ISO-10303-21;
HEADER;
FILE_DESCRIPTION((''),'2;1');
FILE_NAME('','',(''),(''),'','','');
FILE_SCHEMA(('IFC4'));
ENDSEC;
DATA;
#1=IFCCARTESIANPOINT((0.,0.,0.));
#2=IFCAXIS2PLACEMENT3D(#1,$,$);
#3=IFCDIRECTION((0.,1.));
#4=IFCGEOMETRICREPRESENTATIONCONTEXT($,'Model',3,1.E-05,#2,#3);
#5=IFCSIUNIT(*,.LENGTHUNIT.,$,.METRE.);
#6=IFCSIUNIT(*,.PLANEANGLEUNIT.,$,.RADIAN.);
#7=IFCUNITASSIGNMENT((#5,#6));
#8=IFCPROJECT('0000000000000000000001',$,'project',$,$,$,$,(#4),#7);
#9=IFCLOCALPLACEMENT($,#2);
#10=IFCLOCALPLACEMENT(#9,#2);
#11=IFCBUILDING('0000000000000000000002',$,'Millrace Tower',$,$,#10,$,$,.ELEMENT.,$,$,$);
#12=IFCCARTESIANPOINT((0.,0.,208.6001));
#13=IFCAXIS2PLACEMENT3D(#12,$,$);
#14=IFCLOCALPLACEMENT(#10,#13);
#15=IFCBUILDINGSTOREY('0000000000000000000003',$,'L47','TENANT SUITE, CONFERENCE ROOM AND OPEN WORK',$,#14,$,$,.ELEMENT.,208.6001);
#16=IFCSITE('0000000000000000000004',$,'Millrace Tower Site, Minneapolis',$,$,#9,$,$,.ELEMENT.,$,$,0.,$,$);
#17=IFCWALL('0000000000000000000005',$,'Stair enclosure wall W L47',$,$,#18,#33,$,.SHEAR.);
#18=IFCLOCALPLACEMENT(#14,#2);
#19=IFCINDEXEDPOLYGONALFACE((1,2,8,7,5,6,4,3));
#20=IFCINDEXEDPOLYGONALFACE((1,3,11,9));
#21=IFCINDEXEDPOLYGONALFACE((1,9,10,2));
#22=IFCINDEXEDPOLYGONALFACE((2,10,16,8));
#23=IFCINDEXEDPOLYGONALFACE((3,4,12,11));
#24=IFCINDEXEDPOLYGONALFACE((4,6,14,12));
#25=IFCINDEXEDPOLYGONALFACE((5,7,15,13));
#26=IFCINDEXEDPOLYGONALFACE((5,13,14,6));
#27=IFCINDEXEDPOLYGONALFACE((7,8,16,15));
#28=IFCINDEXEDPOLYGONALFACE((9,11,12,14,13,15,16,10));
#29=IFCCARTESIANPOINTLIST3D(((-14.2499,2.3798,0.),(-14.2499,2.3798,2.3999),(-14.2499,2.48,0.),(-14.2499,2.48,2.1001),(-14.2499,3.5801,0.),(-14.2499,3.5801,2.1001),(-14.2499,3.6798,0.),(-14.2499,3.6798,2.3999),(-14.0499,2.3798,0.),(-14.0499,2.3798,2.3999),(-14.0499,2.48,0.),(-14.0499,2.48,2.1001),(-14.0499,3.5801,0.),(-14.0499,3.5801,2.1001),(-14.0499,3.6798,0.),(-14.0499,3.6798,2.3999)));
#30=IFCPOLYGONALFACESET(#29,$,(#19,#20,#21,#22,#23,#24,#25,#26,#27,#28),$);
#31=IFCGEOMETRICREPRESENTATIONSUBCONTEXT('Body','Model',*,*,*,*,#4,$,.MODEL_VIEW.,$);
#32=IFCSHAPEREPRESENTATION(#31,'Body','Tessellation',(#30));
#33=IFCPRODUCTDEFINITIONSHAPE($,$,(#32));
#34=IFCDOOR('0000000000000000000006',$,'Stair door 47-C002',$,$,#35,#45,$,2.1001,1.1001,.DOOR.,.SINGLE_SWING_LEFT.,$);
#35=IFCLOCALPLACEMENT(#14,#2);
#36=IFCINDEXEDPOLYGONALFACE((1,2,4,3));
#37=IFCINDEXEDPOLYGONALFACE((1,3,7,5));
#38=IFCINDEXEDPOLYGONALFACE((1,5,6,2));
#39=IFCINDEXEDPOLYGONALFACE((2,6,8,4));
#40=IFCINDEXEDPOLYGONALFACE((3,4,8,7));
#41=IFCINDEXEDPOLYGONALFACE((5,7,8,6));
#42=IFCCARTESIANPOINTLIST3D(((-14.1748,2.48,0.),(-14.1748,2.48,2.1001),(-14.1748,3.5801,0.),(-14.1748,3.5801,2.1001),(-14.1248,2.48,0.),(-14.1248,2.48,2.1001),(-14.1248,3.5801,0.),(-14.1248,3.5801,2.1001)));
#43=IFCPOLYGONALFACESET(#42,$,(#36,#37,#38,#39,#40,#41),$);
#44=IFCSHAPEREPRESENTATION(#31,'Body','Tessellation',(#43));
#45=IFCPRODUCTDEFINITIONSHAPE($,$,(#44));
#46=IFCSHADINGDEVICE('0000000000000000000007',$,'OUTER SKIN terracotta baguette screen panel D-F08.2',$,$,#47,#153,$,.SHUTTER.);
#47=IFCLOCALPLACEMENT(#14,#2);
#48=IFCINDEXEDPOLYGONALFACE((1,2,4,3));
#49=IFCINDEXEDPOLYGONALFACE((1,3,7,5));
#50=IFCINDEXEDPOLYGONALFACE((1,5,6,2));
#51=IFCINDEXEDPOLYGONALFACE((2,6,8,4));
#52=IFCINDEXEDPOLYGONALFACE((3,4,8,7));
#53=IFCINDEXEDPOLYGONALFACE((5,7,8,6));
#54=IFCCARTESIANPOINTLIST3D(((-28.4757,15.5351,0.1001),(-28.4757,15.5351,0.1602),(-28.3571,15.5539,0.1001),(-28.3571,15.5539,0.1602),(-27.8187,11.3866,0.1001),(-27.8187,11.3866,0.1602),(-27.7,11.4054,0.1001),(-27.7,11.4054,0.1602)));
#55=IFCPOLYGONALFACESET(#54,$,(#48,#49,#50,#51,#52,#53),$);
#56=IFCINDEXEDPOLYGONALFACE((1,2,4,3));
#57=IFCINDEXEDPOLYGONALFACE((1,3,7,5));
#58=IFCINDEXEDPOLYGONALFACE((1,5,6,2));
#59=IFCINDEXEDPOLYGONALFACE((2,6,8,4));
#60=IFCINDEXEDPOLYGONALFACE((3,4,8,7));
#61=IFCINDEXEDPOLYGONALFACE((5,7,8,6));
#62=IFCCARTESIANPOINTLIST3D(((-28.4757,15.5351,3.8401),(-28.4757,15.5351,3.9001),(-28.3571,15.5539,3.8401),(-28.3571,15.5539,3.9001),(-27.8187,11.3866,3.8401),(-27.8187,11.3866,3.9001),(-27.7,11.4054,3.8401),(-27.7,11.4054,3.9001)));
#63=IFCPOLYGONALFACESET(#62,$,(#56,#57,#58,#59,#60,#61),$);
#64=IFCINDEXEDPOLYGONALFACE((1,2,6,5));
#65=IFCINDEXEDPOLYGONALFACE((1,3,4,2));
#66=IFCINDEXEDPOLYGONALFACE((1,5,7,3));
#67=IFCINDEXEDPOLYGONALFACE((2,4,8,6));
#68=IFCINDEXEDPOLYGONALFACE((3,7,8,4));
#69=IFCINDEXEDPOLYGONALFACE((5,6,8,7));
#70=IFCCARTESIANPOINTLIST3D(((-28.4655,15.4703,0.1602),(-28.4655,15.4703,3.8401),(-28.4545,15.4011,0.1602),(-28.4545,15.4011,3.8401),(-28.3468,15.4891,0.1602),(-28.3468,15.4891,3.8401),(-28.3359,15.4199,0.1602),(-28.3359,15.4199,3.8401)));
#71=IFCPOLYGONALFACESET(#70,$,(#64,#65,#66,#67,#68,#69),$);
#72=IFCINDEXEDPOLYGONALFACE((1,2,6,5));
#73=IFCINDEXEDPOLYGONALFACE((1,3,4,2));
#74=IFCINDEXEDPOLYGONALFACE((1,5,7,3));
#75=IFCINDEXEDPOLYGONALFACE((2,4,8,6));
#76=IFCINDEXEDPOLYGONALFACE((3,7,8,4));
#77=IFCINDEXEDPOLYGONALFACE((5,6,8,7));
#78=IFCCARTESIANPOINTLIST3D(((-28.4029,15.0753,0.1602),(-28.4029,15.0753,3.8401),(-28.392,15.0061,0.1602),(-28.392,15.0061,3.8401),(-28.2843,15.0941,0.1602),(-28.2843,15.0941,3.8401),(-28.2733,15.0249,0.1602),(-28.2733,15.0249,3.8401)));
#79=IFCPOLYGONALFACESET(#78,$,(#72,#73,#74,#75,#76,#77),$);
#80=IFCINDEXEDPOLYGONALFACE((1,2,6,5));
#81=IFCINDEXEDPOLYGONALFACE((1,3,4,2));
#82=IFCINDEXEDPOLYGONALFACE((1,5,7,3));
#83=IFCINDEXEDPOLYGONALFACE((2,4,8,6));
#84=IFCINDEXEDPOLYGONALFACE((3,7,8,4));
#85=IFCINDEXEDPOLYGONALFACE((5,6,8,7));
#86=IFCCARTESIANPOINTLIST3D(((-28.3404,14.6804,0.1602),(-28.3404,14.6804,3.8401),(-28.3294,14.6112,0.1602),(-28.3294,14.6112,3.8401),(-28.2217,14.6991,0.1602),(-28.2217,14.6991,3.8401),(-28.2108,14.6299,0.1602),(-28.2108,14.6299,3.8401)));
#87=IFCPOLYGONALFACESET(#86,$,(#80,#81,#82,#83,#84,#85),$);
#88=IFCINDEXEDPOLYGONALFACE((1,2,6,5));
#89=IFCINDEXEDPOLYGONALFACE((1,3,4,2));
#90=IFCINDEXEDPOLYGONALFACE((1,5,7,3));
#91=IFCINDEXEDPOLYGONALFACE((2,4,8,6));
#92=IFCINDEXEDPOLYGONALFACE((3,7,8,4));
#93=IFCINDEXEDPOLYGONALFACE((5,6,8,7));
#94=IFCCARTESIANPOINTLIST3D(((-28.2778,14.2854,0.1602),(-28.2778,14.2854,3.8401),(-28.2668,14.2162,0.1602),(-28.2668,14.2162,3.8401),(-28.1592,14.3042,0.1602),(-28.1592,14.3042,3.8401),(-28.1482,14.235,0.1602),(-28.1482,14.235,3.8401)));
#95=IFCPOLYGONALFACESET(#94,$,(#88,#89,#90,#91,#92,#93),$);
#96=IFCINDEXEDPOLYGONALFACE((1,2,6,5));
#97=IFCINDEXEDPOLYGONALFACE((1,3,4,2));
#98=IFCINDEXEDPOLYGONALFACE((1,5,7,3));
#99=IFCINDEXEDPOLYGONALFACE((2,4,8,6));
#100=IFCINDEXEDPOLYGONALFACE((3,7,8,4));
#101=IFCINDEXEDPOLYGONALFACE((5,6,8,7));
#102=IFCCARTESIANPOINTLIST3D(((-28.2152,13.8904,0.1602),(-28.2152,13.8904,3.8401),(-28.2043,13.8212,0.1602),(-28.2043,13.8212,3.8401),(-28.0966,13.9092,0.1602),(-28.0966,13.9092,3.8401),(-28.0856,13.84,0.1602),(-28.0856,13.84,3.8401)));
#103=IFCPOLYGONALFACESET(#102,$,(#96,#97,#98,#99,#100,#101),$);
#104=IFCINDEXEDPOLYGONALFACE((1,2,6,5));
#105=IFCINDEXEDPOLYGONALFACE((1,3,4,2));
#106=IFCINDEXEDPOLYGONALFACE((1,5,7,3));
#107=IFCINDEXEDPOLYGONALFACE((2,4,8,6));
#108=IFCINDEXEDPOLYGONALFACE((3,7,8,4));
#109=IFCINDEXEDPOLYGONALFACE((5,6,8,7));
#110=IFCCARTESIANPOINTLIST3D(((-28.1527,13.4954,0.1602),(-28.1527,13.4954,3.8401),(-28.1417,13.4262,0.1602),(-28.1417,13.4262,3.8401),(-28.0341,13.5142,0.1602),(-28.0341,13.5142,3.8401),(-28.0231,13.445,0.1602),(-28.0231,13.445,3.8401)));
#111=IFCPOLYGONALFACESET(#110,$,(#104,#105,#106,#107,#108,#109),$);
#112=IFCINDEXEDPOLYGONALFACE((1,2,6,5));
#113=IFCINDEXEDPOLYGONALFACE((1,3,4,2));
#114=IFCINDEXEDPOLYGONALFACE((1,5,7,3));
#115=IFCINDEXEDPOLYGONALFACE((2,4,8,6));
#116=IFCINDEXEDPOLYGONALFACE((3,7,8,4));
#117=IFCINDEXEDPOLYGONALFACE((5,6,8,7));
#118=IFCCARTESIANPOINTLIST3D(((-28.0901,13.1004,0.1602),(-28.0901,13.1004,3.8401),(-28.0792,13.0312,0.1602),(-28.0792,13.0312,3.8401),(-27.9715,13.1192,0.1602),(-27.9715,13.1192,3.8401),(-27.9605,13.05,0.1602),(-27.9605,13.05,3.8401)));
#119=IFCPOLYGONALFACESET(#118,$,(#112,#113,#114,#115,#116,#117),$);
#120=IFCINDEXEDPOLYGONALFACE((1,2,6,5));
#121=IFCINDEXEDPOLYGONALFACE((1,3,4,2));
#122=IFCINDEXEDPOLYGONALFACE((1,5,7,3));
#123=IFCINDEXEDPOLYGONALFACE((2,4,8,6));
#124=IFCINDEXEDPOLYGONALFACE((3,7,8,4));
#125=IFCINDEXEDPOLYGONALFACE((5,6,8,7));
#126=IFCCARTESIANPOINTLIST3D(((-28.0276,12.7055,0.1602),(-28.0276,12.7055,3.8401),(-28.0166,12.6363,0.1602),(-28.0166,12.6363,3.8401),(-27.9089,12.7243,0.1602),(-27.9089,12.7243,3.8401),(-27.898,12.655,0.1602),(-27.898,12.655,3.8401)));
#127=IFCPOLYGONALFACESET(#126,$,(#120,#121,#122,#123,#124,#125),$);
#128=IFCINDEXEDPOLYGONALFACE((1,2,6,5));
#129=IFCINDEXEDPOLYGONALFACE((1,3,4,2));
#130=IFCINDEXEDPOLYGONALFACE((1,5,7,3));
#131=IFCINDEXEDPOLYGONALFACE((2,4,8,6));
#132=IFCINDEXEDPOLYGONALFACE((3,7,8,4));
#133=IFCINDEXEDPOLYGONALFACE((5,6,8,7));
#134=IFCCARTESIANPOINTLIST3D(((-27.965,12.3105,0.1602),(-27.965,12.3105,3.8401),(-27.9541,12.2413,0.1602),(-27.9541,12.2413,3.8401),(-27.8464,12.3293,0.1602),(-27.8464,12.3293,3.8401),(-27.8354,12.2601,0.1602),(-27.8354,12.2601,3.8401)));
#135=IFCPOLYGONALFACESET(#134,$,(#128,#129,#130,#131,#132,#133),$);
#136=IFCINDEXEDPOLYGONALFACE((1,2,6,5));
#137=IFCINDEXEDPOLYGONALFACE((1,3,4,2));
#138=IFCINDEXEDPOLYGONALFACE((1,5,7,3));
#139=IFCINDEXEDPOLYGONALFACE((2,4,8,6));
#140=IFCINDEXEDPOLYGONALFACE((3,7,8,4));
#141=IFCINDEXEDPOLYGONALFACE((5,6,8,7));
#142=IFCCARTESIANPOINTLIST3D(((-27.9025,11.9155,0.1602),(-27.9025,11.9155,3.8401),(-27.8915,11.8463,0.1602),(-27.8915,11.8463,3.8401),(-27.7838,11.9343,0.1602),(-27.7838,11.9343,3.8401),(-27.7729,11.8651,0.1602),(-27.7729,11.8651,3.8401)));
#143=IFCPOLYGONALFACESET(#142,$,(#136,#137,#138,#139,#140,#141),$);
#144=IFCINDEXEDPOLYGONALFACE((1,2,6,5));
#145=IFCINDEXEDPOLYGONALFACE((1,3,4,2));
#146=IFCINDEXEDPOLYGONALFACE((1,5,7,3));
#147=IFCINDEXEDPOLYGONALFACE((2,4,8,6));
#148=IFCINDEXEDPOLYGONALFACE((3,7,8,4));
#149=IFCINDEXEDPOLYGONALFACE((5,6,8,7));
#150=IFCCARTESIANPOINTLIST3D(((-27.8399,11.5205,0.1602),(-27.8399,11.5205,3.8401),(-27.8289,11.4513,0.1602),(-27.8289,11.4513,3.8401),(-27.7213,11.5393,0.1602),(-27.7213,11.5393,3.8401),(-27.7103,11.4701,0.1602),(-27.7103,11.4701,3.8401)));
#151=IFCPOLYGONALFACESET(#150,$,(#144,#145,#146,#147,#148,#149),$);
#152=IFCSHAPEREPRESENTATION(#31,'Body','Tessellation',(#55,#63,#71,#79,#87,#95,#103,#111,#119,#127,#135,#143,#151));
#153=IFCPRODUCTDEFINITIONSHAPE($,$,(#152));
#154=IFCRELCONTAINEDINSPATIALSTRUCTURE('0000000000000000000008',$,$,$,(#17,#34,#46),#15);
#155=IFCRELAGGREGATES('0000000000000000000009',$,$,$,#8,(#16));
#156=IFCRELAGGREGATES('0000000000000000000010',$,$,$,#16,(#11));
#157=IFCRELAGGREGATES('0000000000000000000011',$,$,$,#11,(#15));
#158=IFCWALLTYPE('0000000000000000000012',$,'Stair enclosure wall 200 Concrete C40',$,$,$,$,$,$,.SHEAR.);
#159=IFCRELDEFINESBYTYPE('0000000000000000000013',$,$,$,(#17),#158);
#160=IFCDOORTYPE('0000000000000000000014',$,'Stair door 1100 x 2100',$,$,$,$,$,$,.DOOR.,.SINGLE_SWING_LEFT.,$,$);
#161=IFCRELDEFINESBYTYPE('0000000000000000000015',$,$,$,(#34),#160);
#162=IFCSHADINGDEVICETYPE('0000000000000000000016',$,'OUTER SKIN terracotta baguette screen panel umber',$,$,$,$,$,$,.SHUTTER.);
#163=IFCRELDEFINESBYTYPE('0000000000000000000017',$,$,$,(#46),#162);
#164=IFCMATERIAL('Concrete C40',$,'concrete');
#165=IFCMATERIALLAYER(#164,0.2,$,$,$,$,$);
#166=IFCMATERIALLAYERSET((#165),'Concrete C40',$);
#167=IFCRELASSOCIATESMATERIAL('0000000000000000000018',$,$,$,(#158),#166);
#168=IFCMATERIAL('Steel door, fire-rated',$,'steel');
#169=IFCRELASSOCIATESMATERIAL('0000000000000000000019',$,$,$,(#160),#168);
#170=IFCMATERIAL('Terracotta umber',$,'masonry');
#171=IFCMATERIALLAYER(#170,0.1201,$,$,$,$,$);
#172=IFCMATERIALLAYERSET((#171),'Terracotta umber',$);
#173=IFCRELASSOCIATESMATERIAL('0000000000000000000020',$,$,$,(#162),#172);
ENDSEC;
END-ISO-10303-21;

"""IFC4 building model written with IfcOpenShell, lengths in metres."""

from ifc_helpers import new_model, entity, si_unit, direction, frame, frame_2d, origin, origin_2d, place, context, subcontext, project, spatial, rectangle, extrude, source, transform, mapped, material, layer, layer_set, type_object, element, fill, save


model = new_model("IFC4")

# Units and contexts
model_context = context("Model", 3, precision=1e-05, world=origin(), true_north=direction((0.0, 1.0)))
body_context = subcontext(model_context, "Body", "Model", "MODEL_VIEW")
ifc_project = project(units=[si_unit("LENGTHUNIT", "METRE"), si_unit("PLANEANGLEUNIT", "RADIAN")], contexts=[model_context])

# Site, building, storey
site_placement = place(None, origin())
site = spatial("IfcSite", under=ifc_project, at=site_placement, Name="Millrace Tower Site, Minneapolis", CompositionType="ELEMENT", RefElevation=0.0)
building_placement = place(site_placement, origin())
building = spatial("IfcBuilding", under=site, at=building_placement, Name="Millrace Tower", CompositionType="ELEMENT")
storey_placement = place(building_placement, frame((0.0, 0.0, 208.6001)))
storey = spatial("IfcBuildingStorey", under=building, at=storey_placement, Name="L47", Description="TENANT SUITE, CONFERENCE ROOM AND OPEN WORK", CompositionType="ELEMENT", Elevation=208.6001)

# Wall, opening, door
ifc_material_1 = material(Name="Concrete C40", Category="concrete")
ifc_layer_1 = layer(ifc_material_1, 0.2)
ifc_layer_set_1 = layer_set([ifc_layer_1], Name="Concrete C40")
wall_type_1 = type_object("IfcWallType", Name="Stair enclosure wall 200 Concrete C40", PredefinedType="SHEAR", material=ifc_layer_set_1)
wall_1_placement = place(storey_placement, frame((-14.1499, 2.3799, 0.0), z_axis=(0.0, 0.0, 1.0), x_axis=(0.0, 1.0, 0.0)))
wall_1 = element("IfcWall", 1, at=wall_1_placement, inside=storey, type_object=wall_type_1, Name="Stair enclosure wall W L47", PredefinedType="SHEAR", context=body_context, shape_type="SweptSolid", body=[
    extrude(rectangle(XDim=1.3, YDim=0.2, at=frame_2d((0.6499, 0.0))), origin(), (0.0, 0.0, 1.0), 2.3999),
])
opening_1_placement = place(wall_1_placement, frame((0.1001, 0.0, 0.0)))
opening_1 = element("IfcOpeningElement", 2, at=opening_1_placement, cuts=wall_1, PredefinedType="OPENING", context=body_context, shape_type="SweptSolid", body=[
    extrude(rectangle(XDim=1.1001, YDim=2.1001, at=frame_2d((0.55, 1.05))), frame((0.0, 0.1099, 0.0), z_axis=(0.0, -1.0, 0.0), x_axis=(1.0, 0.0, 0.0)), (0.0, 0.0, 1.0), 0.22),
])
ifc_material_2 = material(Name="Steel door, fire-rated", Category="steel")
door_type_1 = type_object("IfcDoorType", Name="Stair door 1100 x 2100", OperationType="SINGLE_SWING_LEFT", PredefinedType="DOOR", material=ifc_material_2)
door_1_placement = place(opening_1_placement, origin())
door_1 = element("IfcDoor", 3, at=door_1_placement, inside=storey, type_object=door_type_1, Name="Stair door 47-C002", OperationType="SINGLE_SWING_LEFT", OverallHeight=2.1001, OverallWidth=1.1001, PredefinedType="DOOR", context=body_context, shape_type="SweptSolid", body=[
    extrude(rectangle(XDim=1.1001, YDim=2.1001, at=frame_2d((0.55, 1.05))), frame((0.0, 0.0249, 0.0), z_axis=(0.0, -1.0, 0.0), x_axis=(1.0, 0.0, 0.0)), (0.0, 0.0, 1.0), 0.05),
])
fill(opening_1, door_1)

# Shading device
ifc_material_3 = material(Name="Terracotta umber", Category="masonry")
ifc_layer_2 = layer(ifc_material_3, 0.1201)
ifc_layer_set_2 = layer_set([ifc_layer_2], Name="Terracotta umber")
shading_device_type = type_object("IfcShadingDeviceType", Name="OUTER SKIN terracotta baguette screen panel umber", PredefinedType="SHUTTER", material=ifc_layer_set_2)
cartesian_point = entity("IfcCartesianPoint", [-2.1001, 0.0601])
shared_polyline = entity("IfcPolyline", [cartesian_point, entity("IfcCartesianPoint", [2.1001, 0.0601]), entity("IfcCartesianPoint", [2.1001, -0.0601]), entity("IfcCartesianPoint", [-2.1001, -0.0601]), cartesian_point])
shared_shape = source(origin(), body_context, "Body", "SweptSolid", [
    entity("IfcExtrudedAreaSolid", entity("IfcArbitraryClosedProfileDef", "AREA", None, shared_polyline), entity("IfcAxis2Placement3D", entity("IfcCartesianPoint", [0.0, 0.0, 0.0])), entity("IfcDirection", [0.0, 0.0, 1.0]), 0.0601),
    entity("IfcExtrudedAreaSolid", entity("IfcArbitraryClosedProfileDef", "AREA", None, shared_polyline), entity("IfcAxis2Placement3D", entity("IfcCartesianPoint", [0.0, 0.0, 3.74])), entity("IfcDirection", [0.0, 0.0, 1.0]), 0.0601),
    extrude(rectangle(XDim=0.0701, YDim=0.1201, at=frame_2d((-1.9995, 0.0))), frame((0.0, 0.0, 0.0601)), (0.0, 0.0, 1.0), 3.6799),
    extrude(rectangle(XDim=0.0701, YDim=0.1201, at=frame_2d((-1.5996, 0.0))), frame((0.0, 0.0, 0.0601)), (0.0, 0.0, 1.0), 3.6799),
    extrude(rectangle(XDim=0.0701, YDim=0.1201, at=frame_2d((-1.1997, 0.0))), frame((0.0, 0.0, 0.0601)), (0.0, 0.0, 1.0), 3.6799),
    extrude(rectangle(XDim=0.0701, YDim=0.1201, at=frame_2d((-0.7998, 0.0))), frame((0.0, 0.0, 0.0601)), (0.0, 0.0, 1.0), 3.6799),
    extrude(rectangle(XDim=0.0701, YDim=0.1201, at=frame_2d((-0.3999, 0.0))), frame((0.0, 0.0, 0.0601)), (0.0, 0.0, 1.0), 3.6799),
    extrude(rectangle(XDim=0.0701, YDim=0.1201, at=origin_2d()), frame((0.0, 0.0, 0.0601)), (0.0, 0.0, 1.0), 3.6799),
    extrude(rectangle(XDim=0.0701, YDim=0.1201, at=frame_2d((0.3999, 0.0))), frame((0.0, 0.0, 0.0601)), (0.0, 0.0, 1.0), 3.6799),
    extrude(rectangle(XDim=0.0701, YDim=0.1201, at=frame_2d((0.7998, 0.0))), frame((0.0, 0.0, 0.0601)), (0.0, 0.0, 1.0), 3.6799),
    extrude(rectangle(XDim=0.0701, YDim=0.1201, at=frame_2d((1.1997, 0.0))), frame((0.0, 0.0, 0.0601)), (0.0, 0.0, 1.0), 3.6799),
    extrude(rectangle(XDim=0.0701, YDim=0.1201, at=frame_2d((1.5996, 0.0))), frame((0.0, 0.0, 0.0601)), (0.0, 0.0, 1.0), 3.6799),
    extrude(rectangle(XDim=0.0701, YDim=0.1201, at=frame_2d((1.9995, 0.0))), frame((0.0, 0.0, 0.0601)), (0.0, 0.0, 1.0), 3.6799),
])
for number, where, z_axis, x_axis, name in (
    (4, (-28.0879, 13.4702, 0.1001), (0.0, 0.0, 1.0), (0.156434, -0.987688, 0.0), "OUTER SKIN terracotta baguette screen panel D-F08.2"),
):
    element("IfcShadingDevice", number, at=place(storey_placement, frame(where, z_axis=z_axis, x_axis=x_axis)), inside=storey, type_object=shading_device_type, Name=name, PredefinedType="SHUTTER", context=body_context, shape_type="MappedRepresentation", body=[
        mapped(shared_shape, transform((0.0, 0.0, 0.0), scale=1.0)),
    ])

save(model, "model.ifc")
